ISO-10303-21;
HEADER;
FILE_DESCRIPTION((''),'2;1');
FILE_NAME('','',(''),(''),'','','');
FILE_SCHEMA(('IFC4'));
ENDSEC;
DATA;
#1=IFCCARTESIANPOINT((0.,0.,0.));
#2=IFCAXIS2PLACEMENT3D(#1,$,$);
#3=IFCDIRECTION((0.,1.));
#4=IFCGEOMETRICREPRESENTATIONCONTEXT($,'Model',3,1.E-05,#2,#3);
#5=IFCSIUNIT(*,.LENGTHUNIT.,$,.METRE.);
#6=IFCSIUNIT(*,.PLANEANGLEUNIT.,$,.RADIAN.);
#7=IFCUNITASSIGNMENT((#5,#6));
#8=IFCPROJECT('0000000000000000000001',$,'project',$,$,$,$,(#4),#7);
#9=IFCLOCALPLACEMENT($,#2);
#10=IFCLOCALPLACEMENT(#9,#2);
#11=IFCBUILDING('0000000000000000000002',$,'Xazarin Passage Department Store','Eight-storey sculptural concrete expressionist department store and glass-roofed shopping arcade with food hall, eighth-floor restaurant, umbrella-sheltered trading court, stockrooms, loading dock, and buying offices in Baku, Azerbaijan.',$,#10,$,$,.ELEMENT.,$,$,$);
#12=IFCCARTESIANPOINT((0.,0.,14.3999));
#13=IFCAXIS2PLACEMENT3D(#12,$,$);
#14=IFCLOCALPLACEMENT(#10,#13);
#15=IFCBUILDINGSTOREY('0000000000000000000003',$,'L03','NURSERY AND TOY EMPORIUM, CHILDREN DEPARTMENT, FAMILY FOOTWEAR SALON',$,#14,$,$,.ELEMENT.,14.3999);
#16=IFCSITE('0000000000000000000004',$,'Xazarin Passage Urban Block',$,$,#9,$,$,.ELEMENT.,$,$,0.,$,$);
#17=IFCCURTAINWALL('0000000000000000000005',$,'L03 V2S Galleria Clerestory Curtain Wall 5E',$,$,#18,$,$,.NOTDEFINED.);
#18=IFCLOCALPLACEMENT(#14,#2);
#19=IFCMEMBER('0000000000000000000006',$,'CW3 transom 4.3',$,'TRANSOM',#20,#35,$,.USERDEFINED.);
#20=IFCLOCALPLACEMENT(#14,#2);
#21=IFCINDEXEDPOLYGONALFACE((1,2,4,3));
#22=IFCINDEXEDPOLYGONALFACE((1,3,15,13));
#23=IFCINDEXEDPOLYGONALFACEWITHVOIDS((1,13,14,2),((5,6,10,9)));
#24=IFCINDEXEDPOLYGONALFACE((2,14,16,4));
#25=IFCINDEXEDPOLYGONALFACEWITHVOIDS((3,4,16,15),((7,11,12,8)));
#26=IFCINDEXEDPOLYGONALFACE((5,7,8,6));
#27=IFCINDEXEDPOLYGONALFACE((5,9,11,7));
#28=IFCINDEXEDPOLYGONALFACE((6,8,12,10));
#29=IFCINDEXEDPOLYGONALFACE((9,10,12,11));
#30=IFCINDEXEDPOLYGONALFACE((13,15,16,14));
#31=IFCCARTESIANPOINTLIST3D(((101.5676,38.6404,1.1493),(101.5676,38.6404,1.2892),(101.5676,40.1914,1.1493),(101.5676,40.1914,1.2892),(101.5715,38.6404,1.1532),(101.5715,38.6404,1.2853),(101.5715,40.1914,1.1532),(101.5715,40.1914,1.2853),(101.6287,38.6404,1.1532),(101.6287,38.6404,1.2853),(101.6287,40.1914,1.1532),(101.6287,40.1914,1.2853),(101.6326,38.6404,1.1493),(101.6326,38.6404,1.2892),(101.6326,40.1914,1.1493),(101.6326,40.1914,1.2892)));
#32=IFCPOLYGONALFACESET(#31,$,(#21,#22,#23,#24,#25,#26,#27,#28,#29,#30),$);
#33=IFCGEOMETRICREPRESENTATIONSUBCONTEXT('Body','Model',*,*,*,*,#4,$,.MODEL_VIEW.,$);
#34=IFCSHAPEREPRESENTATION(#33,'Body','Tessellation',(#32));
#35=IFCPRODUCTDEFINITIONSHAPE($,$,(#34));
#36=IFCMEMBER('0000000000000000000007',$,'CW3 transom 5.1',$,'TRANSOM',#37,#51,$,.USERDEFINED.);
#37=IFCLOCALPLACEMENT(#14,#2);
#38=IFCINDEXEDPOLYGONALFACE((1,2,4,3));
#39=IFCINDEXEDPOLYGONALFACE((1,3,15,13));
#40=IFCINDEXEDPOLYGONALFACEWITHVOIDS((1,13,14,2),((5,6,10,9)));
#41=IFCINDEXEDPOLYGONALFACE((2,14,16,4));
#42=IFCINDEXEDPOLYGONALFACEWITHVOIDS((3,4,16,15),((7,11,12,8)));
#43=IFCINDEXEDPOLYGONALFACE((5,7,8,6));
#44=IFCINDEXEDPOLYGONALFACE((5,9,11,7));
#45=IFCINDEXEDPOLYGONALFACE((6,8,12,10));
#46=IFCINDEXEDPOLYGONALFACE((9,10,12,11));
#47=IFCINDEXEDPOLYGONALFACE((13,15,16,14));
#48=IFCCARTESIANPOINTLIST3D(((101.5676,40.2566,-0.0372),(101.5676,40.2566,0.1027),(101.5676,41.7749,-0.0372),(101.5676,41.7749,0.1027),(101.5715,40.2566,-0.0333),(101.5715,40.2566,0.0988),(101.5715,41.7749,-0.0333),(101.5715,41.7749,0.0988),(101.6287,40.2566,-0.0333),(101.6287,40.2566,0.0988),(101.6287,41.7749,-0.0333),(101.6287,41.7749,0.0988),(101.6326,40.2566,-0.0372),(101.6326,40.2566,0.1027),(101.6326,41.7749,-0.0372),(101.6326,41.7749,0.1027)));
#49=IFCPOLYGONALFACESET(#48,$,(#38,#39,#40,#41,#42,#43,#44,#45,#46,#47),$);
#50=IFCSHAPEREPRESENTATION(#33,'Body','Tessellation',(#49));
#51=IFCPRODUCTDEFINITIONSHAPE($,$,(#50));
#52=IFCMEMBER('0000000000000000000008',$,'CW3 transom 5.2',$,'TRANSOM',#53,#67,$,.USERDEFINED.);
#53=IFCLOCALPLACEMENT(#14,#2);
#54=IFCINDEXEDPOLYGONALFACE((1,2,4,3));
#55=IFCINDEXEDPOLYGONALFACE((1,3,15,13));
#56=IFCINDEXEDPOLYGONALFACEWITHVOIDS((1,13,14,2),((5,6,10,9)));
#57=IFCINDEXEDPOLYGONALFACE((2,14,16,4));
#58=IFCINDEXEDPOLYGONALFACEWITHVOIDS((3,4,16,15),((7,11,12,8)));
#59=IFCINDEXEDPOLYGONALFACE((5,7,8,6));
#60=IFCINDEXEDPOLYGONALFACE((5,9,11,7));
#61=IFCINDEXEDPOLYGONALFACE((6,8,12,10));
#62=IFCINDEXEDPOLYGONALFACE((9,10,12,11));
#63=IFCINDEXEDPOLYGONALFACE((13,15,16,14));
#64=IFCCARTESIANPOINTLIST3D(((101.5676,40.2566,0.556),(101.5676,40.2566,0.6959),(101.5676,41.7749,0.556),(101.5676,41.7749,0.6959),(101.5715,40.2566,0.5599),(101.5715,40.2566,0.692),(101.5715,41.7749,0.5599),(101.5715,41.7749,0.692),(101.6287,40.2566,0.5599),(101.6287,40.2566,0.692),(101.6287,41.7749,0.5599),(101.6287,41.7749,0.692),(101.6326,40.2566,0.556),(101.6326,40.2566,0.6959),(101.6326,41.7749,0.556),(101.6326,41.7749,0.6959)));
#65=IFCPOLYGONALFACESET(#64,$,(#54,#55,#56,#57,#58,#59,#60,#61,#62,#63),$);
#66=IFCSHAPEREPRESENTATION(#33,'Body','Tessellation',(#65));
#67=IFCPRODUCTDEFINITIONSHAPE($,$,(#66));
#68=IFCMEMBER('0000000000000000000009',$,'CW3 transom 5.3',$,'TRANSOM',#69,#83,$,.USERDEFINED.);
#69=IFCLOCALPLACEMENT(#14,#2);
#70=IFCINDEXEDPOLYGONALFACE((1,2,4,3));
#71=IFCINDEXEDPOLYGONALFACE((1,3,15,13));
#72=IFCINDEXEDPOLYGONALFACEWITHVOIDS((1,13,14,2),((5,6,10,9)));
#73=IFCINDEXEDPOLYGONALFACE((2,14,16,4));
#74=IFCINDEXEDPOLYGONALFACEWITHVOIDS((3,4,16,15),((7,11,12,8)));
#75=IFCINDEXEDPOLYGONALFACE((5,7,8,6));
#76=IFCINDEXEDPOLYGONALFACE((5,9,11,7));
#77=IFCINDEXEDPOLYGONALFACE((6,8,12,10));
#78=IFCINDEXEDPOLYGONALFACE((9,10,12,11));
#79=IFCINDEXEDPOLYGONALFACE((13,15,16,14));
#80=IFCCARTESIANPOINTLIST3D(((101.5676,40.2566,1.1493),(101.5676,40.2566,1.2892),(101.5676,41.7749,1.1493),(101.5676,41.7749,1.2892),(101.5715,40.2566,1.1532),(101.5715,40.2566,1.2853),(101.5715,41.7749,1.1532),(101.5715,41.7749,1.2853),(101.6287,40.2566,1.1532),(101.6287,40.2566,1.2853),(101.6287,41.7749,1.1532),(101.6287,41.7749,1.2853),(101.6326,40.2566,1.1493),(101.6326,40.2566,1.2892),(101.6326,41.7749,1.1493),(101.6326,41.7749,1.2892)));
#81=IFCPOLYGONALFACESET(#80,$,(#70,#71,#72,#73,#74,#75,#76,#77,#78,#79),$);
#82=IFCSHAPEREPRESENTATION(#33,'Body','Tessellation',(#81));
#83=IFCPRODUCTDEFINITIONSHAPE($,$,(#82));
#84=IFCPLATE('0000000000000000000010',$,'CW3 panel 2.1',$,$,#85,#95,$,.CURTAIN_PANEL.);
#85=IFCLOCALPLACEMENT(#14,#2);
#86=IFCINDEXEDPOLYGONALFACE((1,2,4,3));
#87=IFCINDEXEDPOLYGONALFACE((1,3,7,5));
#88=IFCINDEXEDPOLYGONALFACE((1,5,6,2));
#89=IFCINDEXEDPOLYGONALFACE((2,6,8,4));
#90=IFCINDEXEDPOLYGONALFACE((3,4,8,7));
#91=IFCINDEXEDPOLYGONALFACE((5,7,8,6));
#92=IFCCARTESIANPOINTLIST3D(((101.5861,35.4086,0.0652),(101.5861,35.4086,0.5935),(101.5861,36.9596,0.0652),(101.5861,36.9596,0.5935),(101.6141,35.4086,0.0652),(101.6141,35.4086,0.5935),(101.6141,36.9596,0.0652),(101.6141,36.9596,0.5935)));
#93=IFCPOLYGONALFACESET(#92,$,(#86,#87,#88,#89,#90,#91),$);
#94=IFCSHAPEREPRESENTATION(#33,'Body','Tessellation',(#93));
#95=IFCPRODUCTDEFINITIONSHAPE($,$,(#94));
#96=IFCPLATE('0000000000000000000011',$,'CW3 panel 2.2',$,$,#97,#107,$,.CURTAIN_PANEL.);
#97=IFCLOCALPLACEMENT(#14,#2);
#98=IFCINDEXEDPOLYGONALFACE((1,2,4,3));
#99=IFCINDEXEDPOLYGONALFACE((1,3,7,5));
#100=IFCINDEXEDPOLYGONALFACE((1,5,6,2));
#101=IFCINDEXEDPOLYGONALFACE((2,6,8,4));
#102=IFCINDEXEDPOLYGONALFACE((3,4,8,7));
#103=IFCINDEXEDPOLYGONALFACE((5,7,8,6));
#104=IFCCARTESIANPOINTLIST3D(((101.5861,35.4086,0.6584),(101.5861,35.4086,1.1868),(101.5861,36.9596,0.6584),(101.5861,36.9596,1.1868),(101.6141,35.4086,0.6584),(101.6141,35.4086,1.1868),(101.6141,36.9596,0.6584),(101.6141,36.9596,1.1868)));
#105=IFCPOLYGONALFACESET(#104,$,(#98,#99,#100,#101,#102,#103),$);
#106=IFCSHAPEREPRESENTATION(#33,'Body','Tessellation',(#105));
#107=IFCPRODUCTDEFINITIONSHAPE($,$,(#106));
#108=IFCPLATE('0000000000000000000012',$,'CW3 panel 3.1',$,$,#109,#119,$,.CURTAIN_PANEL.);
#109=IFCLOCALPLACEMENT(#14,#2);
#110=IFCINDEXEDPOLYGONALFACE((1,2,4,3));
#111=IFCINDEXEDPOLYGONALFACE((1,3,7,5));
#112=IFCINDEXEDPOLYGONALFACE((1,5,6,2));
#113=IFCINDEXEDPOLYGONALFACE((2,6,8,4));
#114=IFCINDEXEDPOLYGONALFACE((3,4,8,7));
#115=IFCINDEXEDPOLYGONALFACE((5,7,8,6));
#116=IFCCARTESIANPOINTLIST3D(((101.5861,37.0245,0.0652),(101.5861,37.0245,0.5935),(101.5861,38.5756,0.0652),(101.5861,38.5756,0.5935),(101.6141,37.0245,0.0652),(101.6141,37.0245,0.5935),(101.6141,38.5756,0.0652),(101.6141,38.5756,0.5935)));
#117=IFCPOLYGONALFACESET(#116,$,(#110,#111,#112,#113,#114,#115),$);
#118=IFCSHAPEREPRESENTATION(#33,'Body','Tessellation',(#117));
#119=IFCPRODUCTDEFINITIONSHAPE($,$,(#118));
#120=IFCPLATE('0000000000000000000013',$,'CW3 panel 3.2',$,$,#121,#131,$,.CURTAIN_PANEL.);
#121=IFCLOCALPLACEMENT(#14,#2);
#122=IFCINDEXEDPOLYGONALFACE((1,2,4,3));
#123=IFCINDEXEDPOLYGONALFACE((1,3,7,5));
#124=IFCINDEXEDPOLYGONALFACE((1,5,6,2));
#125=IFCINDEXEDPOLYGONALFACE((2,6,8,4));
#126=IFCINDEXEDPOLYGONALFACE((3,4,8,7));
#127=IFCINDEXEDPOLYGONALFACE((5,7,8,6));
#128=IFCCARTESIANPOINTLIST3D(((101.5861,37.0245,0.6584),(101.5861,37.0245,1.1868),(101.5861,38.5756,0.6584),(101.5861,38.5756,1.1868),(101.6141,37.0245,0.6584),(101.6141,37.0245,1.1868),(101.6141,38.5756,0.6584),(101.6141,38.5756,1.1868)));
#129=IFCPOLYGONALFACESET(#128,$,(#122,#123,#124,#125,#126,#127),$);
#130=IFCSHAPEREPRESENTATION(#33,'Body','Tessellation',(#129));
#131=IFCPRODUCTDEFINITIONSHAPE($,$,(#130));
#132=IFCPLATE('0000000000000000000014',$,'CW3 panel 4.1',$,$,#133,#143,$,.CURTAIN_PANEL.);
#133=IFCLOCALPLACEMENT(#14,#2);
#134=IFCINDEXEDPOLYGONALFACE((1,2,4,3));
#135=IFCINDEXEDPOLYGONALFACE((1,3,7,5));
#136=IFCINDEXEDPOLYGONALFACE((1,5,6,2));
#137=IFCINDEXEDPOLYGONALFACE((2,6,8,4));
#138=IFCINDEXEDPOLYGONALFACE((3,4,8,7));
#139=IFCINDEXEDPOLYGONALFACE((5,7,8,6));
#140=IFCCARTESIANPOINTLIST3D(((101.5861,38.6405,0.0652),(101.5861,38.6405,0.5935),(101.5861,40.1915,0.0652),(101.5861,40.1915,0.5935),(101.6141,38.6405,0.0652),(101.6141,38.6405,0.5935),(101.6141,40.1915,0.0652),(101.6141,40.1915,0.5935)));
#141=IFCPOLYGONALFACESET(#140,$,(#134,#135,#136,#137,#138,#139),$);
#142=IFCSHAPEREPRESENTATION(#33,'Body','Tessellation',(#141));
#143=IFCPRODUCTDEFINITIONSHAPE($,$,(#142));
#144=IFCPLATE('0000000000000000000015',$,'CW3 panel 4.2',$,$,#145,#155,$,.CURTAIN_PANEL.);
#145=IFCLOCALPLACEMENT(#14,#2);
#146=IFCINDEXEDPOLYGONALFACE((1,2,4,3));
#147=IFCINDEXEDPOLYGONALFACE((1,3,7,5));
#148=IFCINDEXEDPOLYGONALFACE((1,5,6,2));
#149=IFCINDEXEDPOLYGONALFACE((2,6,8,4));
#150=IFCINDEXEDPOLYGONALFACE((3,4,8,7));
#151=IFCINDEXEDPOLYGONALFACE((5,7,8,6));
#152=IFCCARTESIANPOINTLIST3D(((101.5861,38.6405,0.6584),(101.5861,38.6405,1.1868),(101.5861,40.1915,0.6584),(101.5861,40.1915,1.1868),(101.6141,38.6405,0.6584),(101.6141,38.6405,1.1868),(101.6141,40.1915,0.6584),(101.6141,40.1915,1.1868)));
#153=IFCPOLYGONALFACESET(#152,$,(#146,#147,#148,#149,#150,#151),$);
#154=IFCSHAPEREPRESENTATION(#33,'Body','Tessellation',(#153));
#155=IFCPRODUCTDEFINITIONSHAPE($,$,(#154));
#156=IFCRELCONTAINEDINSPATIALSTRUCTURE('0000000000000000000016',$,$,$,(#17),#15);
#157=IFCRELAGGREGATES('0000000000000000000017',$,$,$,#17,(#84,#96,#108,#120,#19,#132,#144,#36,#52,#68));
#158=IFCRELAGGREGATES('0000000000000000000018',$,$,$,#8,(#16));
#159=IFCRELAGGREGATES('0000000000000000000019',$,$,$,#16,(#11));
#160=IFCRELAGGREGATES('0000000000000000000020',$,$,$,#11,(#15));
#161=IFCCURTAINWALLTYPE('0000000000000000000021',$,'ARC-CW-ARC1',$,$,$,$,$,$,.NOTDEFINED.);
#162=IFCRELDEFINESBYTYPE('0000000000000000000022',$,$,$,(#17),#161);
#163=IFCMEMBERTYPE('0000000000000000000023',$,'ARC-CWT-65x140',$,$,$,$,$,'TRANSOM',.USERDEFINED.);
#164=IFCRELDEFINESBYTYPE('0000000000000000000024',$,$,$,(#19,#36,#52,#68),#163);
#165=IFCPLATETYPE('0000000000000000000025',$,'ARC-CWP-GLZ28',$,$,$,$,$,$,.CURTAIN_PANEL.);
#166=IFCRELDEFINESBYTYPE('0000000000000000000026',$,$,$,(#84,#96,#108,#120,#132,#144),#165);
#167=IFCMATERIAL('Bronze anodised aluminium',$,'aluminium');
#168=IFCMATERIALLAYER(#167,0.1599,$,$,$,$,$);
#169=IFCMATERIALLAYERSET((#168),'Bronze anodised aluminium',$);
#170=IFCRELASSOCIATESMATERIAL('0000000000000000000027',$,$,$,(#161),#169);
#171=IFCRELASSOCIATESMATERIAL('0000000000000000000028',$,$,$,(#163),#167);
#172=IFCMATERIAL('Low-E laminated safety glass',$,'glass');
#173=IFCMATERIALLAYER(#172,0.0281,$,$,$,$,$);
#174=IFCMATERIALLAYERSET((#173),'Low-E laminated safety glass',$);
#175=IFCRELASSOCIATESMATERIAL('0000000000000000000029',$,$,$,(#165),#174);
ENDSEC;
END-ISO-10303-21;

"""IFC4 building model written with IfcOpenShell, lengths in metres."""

from ifc_helpers import new_model, si_unit, direction, frame, origin, origin_2d, place, context, subcontext, project, spatial, rectangle, hollow_rectangle, extrude, material, layer, layer_set, material_profile, profile_set, type_object, element, aggregate, save


model = new_model("IFC4")

# Units and contexts
model_context = context("Model", 3, precision=1e-05, world=origin(), true_north=direction((0.0, 1.0)))
body_context = subcontext(model_context, "Body", "Model", "MODEL_VIEW")
ifc_project = project(units=[si_unit("LENGTHUNIT", "METRE"), si_unit("PLANEANGLEUNIT", "RADIAN")], contexts=[model_context])

# Site, building, storey
site_placement = place(None, origin())
site = spatial("IfcSite", under=ifc_project, at=site_placement, Name="Xazarin Passage Urban Block", CompositionType="ELEMENT", RefElevation=0.0)
building_placement = place(site_placement, origin())
building = spatial("IfcBuilding", under=site, at=building_placement, Name="Xazarin Passage Department Store", Description="Eight-storey sculptural concrete expressionist department store and glass-roofed shopping arcade with food hall, eighth-floor restaurant, umbrella-sheltered trading court, stockrooms, loading dock, and buying offices in Baku, Azerbaijan.", CompositionType="ELEMENT")
storey_placement = place(building_placement, frame((0.0, 0.0, 14.3999)))
storey = spatial("IfcBuildingStorey", under=building, at=storey_placement, Name="L03", Description="NURSERY AND TOY EMPORIUM, CHILDREN DEPARTMENT, FAMILY FOOTWEAR SALON", CompositionType="ELEMENT", Elevation=14.3999)

# Curtain wall, members, plates
ifc_material_1 = material(Name="Bronze anodised aluminium", Category="aluminium")
ifc_layer_1 = layer(ifc_material_1, 0.1599)
ifc_layer_set_1 = layer_set([ifc_layer_1], Name="Bronze anodised aluminium")
curtain_wall_type = type_object("IfcCurtainWallType", Name="ARC-CW-ARC1", PredefinedType="NOTDEFINED", material=ifc_layer_set_1)
curtain_wall_placement = place(storey_placement, origin())
curtain_wall = element("IfcCurtainWall", 1, at=curtain_wall_placement, inside=storey, type_object=curtain_wall_type, Name="L03 V2S Galleria Clerestory Curtain Wall 5E", PredefinedType="NOTDEFINED")
ifc_material_profile_1 = material_profile(ifc_material_1, hollow_rectangle(XDim=0.0649, YDim=0.1399, WallThickness=0.0039, at=origin_2d()), Name="ALU 65x140")
ifc_profile_set_1 = profile_set([ifc_material_profile_1], Name="Bronze anodised aluminium")
member_type_1 = type_object("IfcMemberType", Name="ARC-CWT-65x140", ElementType="TRANSOM", PredefinedType="USERDEFINED", material=ifc_profile_set_1)
member_1_placement = place(storey_placement, frame((101.6001, 38.6404, 1.2192), z_axis=(0.0, 1.0, 0.0), x_axis=(-1.0, 0.0, 0.0)))
member_1 = element("IfcMember", 2, at=member_1_placement, type_object=member_type_1, Name="CW3 transom 4.3", ObjectType="TRANSOM", PredefinedType="USERDEFINED", context=body_context, shape_type="SweptSolid", body=[
    extrude(hollow_rectangle(XDim=0.0649, YDim=0.1399, WallThickness=0.0039, at=origin_2d()), origin(), (0.0, 0.0, 1.0), 1.551),
])
member_2_placement = place(storey_placement, frame((101.6001, 40.2566, 0.0327), z_axis=(0.0, 1.0, 0.0), x_axis=(-1.0, 0.0, 0.0)))
member_2 = element("IfcMember", 3, at=member_2_placement, type_object=member_type_1, Name="CW3 transom 5.1", ObjectType="TRANSOM", PredefinedType="USERDEFINED", context=body_context, shape_type="SweptSolid", body=[
    extrude(hollow_rectangle(XDim=0.0649, YDim=0.1399, WallThickness=0.0039, at=origin_2d()), origin(), (0.0, 0.0, 1.0), 1.5183),
])
member_3_placement = place(storey_placement, frame((101.6001, 40.2566, 0.626), z_axis=(0.0, 1.0, 0.0), x_axis=(-1.0, 0.0, 0.0)))
member_3 = element("IfcMember", 4, at=member_3_placement, type_object=member_type_1, Name="CW3 transom 5.2", ObjectType="TRANSOM", PredefinedType="USERDEFINED", context=body_context, shape_type="SweptSolid", body=[
    extrude(hollow_rectangle(XDim=0.0649, YDim=0.1399, WallThickness=0.0039, at=origin_2d()), origin(), (0.0, 0.0, 1.0), 1.5183),
])
member_4_placement = place(storey_placement, frame((101.6001, 40.2566, 1.2192), z_axis=(0.0, 1.0, 0.0), x_axis=(-1.0, 0.0, 0.0)))
member_4 = element("IfcMember", 5, at=member_4_placement, type_object=member_type_1, Name="CW3 transom 5.3", ObjectType="TRANSOM", PredefinedType="USERDEFINED", context=body_context, shape_type="SweptSolid", body=[
    extrude(hollow_rectangle(XDim=0.0649, YDim=0.1399, WallThickness=0.0039, at=origin_2d()), origin(), (0.0, 0.0, 1.0), 1.5183),
])
ifc_material_2 = material(Name="Low-E laminated safety glass", Category="glass")
ifc_layer_2 = layer(ifc_material_2, 0.0281)
ifc_layer_set_2 = layer_set([ifc_layer_2], Name="Low-E laminated safety glass")
plate_type = type_object("IfcPlateType", Name="ARC-CWP-GLZ28", PredefinedType="CURTAIN_PANEL", material=ifc_layer_set_2)
plate_1_placement = place(storey_placement, frame((101.6001, 36.1841, 0.0652), z_axis=(0.0, 0.0, 1.0), x_axis=(0.0, 1.0, 0.0)))
plate_1 = element("IfcPlate", 6, at=plate_1_placement, type_object=plate_type, Name="CW3 panel 2.1", PredefinedType="CURTAIN_PANEL", context=body_context, shape_type="SweptSolid", body=[
    extrude(rectangle(XDim=1.551, YDim=0.0281, at=origin_2d()), origin(), (0.0, 0.0, 1.0), 0.5283),
])
plate_2_placement = place(storey_placement, frame((101.6001, 36.1841, 0.6584), z_axis=(0.0, 0.0, 1.0), x_axis=(0.0, 1.0, 0.0)))
plate_2 = element("IfcPlate", 7, at=plate_2_placement, type_object=plate_type, Name="CW3 panel 2.2", PredefinedType="CURTAIN_PANEL", context=body_context, shape_type="SweptSolid", body=[
    extrude(rectangle(XDim=1.551, YDim=0.0281, at=origin_2d()), origin(), (0.0, 0.0, 1.0), 0.5283),
])
plate_3_placement = place(storey_placement, frame((101.6001, 37.8, 0.0652), z_axis=(0.0, 0.0, 1.0), x_axis=(0.0, 1.0, 0.0)))
plate_3 = element("IfcPlate", 8, at=plate_3_placement, type_object=plate_type, Name="CW3 panel 3.1", PredefinedType="CURTAIN_PANEL", context=body_context, shape_type="SweptSolid", body=[
    extrude(rectangle(XDim=1.551, YDim=0.0281, at=origin_2d()), origin(), (0.0, 0.0, 1.0), 0.5283),
])
plate_4_placement = place(storey_placement, frame((101.6001, 37.8, 0.6584), z_axis=(0.0, 0.0, 1.0), x_axis=(0.0, 1.0, 0.0)))
plate_4 = element("IfcPlate", 9, at=plate_4_placement, type_object=plate_type, Name="CW3 panel 3.2", PredefinedType="CURTAIN_PANEL", context=body_context, shape_type="SweptSolid", body=[
    extrude(rectangle(XDim=1.551, YDim=0.0281, at=origin_2d()), origin(), (0.0, 0.0, 1.0), 0.5283),
])
plate_5_placement = place(storey_placement, frame((101.6001, 39.416, 0.0652), z_axis=(0.0, 0.0, 1.0), x_axis=(0.0, 1.0, 0.0)))
plate_5 = element("IfcPlate", 10, at=plate_5_placement, type_object=plate_type, Name="CW3 panel 4.1", PredefinedType="CURTAIN_PANEL", context=body_context, shape_type="SweptSolid", body=[
    extrude(rectangle(XDim=1.551, YDim=0.0281, at=origin_2d()), origin(), (0.0, 0.0, 1.0), 0.5283),
])
plate_6_placement = place(storey_placement, frame((101.6001, 39.416, 0.6584), z_axis=(0.0, 0.0, 1.0), x_axis=(0.0, 1.0, 0.0)))
plate_6 = element("IfcPlate", 11, at=plate_6_placement, type_object=plate_type, Name="CW3 panel 4.2", PredefinedType="CURTAIN_PANEL", context=body_context, shape_type="SweptSolid", body=[
    extrude(rectangle(XDim=1.551, YDim=0.0281, at=origin_2d()), origin(), (0.0, 0.0, 1.0), 0.5283),
])
aggregate(curtain_wall, [plate_1, plate_2, plate_3, plate_4, member_1, plate_5, plate_6, member_2, member_3, member_4])

save(model, "model.ifc")
